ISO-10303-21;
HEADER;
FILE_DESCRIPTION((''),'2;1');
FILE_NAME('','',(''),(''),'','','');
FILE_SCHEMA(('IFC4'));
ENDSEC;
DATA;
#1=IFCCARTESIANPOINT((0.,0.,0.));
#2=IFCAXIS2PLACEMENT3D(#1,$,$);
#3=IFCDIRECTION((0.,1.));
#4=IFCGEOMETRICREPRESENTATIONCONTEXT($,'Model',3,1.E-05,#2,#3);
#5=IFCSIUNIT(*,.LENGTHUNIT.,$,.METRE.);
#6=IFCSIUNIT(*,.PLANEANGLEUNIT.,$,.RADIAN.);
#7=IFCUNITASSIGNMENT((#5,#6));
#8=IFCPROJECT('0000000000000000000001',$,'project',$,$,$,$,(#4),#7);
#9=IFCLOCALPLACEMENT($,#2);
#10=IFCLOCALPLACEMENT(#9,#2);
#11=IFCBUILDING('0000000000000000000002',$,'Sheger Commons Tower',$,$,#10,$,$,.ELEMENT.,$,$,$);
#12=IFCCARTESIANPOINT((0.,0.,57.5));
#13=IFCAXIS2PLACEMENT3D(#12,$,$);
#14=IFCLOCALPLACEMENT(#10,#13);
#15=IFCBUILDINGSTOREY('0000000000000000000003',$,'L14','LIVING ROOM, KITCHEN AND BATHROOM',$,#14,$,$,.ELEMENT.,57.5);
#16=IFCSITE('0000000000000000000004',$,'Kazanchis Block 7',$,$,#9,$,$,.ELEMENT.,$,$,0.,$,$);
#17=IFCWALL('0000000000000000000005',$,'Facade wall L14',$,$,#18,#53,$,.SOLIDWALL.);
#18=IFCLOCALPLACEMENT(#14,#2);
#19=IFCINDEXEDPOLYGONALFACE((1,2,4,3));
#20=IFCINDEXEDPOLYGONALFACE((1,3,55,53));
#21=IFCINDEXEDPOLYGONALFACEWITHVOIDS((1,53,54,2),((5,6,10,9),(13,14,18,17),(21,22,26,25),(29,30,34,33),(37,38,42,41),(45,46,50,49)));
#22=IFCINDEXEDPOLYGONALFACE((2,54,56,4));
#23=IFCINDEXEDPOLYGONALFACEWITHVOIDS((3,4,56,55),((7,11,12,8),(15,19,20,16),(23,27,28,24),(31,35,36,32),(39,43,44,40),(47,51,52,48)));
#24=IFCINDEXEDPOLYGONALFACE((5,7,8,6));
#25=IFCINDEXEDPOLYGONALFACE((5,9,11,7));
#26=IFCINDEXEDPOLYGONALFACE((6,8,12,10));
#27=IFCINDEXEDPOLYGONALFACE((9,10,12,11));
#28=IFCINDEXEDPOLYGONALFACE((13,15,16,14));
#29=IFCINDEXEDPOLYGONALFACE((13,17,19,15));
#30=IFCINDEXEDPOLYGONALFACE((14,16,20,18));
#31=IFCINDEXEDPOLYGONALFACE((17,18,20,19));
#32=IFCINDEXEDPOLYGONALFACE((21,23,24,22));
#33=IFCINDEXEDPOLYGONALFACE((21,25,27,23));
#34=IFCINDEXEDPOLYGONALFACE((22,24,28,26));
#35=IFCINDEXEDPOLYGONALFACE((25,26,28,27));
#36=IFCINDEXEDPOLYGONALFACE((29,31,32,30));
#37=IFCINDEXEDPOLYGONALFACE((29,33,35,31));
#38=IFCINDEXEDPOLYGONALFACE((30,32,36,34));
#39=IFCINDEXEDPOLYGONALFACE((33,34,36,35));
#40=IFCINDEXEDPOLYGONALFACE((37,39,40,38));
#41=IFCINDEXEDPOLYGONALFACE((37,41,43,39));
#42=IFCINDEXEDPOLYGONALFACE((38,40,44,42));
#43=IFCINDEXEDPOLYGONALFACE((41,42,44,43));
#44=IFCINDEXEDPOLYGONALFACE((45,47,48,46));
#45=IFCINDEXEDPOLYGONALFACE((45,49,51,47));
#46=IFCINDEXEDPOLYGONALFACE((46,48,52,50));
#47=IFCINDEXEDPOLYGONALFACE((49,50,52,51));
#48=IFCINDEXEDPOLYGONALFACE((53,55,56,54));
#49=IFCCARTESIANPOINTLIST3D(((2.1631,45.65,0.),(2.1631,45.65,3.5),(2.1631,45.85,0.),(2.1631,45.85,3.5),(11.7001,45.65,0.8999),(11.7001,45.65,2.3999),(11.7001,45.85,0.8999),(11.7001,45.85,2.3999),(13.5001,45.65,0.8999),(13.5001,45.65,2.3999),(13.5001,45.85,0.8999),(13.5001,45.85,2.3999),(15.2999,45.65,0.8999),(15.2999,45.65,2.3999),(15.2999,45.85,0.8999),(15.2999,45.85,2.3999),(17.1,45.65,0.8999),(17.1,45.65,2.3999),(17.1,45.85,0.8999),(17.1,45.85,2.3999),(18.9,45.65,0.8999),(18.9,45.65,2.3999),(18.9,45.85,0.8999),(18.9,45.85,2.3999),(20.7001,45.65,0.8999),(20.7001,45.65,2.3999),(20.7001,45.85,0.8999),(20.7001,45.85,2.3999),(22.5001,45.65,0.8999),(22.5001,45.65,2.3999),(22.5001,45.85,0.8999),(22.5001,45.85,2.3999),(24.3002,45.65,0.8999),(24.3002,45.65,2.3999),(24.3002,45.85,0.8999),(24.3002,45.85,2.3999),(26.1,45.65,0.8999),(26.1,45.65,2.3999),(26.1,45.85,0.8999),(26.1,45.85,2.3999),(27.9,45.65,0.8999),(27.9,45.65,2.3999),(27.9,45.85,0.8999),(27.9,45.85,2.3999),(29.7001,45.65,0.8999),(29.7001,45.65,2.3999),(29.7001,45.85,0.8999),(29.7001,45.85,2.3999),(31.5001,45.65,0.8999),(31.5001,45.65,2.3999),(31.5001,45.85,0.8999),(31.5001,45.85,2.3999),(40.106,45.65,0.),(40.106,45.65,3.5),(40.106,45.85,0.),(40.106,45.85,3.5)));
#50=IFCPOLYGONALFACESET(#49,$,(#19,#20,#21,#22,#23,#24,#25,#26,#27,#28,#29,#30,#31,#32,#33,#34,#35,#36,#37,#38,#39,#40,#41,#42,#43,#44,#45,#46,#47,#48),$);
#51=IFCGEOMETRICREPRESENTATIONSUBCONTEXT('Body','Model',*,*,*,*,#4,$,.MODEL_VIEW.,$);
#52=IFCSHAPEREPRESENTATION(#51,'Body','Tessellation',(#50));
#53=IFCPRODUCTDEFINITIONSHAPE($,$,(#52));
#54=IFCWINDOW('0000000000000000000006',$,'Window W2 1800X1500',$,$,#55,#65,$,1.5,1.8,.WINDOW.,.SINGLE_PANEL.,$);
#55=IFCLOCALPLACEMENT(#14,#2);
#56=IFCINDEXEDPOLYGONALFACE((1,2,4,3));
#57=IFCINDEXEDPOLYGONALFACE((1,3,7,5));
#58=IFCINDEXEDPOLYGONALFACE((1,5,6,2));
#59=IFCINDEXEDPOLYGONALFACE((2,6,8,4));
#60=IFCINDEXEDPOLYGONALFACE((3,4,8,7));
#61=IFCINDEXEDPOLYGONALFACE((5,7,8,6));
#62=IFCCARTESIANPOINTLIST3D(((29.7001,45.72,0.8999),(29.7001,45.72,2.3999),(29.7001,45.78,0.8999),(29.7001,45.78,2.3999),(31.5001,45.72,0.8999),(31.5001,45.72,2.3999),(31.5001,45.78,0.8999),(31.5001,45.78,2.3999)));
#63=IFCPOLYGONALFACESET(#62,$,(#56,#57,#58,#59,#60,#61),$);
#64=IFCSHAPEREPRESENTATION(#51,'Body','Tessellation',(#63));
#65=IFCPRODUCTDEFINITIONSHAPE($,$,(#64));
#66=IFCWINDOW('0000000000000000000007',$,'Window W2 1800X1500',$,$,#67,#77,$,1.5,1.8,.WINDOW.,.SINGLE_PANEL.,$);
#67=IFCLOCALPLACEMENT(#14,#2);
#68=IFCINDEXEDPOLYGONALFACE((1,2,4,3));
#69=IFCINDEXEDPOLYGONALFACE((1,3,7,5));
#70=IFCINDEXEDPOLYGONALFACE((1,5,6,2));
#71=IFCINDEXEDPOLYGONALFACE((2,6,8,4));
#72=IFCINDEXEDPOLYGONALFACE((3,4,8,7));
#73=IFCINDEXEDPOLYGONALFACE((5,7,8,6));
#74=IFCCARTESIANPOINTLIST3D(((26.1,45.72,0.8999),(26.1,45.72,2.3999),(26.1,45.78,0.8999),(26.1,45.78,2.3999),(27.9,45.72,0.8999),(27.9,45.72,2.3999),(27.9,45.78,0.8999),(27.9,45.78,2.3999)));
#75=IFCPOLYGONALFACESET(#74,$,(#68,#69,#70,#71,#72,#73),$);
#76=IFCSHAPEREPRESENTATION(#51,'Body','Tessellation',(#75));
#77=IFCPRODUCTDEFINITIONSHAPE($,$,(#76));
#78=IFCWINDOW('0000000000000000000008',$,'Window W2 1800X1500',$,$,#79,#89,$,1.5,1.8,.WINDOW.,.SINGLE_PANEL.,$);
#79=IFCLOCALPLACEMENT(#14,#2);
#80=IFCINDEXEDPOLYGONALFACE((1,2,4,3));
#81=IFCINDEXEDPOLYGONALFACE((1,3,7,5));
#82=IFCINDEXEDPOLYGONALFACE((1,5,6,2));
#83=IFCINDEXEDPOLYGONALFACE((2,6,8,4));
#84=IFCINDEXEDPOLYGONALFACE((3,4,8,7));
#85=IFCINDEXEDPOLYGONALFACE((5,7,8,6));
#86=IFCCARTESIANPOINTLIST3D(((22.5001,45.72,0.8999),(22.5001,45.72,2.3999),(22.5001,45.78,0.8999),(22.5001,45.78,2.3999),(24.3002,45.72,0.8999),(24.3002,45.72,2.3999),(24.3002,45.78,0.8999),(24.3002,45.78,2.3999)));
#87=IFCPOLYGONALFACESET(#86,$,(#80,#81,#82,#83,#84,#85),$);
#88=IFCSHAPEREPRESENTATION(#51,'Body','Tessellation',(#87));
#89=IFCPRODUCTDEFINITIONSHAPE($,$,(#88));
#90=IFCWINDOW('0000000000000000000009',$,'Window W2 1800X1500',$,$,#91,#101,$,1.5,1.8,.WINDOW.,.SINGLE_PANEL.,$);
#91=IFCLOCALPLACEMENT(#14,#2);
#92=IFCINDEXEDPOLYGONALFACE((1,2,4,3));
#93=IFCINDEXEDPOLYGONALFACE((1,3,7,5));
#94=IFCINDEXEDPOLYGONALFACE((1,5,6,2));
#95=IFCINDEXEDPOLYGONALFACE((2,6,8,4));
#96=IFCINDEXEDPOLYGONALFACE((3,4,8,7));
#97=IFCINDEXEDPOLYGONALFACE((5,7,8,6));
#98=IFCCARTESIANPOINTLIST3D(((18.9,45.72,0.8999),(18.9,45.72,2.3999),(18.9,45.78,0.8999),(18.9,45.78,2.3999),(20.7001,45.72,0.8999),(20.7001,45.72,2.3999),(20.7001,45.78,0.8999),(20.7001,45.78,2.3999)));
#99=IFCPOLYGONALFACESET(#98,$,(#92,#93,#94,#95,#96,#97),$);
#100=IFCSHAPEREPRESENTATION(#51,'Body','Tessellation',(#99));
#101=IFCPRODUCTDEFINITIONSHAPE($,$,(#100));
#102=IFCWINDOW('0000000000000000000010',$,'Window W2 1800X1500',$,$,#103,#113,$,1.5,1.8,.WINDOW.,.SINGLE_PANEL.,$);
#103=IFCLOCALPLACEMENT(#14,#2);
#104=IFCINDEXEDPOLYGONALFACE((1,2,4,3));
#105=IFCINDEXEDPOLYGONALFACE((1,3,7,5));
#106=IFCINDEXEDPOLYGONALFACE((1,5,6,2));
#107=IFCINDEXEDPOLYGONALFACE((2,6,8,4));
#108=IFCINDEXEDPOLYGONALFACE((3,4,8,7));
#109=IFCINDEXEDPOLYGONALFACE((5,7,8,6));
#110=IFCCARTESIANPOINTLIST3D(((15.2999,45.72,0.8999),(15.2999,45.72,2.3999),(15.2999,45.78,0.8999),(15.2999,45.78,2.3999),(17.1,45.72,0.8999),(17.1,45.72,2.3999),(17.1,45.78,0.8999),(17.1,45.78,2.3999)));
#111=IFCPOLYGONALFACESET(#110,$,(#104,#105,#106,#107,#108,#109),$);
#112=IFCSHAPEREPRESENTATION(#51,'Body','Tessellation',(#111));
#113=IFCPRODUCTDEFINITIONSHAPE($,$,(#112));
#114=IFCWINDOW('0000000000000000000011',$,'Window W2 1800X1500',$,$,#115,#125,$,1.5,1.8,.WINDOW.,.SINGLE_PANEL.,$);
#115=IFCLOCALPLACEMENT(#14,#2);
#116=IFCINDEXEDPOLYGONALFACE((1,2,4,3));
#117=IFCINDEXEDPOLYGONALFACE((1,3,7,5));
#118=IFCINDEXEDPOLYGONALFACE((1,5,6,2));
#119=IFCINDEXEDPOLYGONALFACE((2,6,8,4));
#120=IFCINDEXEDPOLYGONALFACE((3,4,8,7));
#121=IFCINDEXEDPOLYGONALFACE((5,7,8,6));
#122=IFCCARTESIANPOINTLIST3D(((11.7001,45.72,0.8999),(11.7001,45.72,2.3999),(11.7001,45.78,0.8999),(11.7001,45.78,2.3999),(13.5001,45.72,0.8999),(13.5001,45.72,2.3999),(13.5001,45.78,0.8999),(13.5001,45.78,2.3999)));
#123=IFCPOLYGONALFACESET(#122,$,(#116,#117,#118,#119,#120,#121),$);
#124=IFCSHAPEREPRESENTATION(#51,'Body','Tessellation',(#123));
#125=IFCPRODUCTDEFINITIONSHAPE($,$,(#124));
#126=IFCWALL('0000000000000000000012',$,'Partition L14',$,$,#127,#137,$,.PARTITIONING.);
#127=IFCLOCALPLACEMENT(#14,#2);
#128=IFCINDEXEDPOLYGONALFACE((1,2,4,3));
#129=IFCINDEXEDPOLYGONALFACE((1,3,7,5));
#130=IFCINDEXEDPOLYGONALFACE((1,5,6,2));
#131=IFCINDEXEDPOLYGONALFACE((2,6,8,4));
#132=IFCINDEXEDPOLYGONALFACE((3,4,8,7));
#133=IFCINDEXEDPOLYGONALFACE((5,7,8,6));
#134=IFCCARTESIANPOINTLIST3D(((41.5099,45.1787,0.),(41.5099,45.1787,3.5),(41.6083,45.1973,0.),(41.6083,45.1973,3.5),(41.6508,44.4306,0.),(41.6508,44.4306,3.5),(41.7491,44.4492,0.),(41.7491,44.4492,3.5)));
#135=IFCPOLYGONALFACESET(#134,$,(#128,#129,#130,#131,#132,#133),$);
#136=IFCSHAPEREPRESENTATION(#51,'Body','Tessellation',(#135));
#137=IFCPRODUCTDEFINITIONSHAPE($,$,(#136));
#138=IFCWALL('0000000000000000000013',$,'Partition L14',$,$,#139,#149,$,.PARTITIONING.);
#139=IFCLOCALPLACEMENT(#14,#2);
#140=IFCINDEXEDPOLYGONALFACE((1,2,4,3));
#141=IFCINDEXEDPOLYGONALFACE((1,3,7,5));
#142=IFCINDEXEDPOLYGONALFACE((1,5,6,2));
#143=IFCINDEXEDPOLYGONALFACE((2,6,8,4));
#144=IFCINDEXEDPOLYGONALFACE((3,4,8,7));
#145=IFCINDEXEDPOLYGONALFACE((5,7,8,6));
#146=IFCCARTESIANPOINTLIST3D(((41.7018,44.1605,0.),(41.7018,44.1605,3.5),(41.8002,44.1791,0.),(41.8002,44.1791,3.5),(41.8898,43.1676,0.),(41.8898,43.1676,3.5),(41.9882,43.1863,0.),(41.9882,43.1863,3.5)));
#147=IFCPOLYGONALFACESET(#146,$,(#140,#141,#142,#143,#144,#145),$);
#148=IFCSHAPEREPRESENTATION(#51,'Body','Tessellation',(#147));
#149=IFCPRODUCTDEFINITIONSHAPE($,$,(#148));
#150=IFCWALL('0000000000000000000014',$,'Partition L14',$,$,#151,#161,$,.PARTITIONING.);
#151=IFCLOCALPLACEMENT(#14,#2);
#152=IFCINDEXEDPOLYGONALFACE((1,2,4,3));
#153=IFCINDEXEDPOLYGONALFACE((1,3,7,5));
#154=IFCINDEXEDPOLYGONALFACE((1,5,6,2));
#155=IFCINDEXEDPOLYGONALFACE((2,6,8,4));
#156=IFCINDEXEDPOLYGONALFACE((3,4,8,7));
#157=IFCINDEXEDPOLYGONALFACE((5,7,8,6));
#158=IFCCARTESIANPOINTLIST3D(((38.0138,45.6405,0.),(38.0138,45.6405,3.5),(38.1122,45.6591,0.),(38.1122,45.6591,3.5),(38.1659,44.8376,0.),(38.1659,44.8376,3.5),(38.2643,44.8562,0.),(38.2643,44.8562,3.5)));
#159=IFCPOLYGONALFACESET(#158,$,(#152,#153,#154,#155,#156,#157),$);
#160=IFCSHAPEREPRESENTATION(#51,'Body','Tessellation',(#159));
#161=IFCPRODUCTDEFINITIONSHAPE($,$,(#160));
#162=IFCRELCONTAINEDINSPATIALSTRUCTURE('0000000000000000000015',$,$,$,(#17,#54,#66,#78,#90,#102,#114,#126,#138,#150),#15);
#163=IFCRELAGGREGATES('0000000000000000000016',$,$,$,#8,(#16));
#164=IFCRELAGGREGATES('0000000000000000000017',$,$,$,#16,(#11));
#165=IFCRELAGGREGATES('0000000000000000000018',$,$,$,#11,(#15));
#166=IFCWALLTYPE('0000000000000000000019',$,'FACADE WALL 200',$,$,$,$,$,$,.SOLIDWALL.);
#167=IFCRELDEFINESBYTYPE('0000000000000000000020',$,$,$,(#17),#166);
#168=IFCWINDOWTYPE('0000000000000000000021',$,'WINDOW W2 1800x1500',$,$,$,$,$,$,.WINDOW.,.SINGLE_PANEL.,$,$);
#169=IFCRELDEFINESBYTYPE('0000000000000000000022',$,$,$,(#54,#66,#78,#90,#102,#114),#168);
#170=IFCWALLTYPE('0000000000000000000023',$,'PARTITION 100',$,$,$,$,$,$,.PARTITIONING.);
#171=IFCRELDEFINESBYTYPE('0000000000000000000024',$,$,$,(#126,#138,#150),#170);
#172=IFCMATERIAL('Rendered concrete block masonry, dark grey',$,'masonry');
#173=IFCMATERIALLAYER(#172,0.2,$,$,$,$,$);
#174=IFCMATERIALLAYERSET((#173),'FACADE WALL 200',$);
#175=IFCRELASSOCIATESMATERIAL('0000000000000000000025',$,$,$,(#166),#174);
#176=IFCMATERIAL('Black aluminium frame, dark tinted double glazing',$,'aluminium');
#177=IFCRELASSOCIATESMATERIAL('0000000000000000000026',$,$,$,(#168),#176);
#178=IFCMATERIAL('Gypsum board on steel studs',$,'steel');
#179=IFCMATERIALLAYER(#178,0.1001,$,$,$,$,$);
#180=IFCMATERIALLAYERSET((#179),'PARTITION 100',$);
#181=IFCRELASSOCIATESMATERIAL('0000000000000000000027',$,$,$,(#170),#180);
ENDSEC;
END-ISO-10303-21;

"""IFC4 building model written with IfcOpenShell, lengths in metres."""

from ifc_helpers import new_model, si_unit, direction, frame, frame_2d, origin, place, context, subcontext, project, spatial, rectangle, extrude, material, layer, layer_set, type_object, element, fill, save


model = new_model("IFC4")

# Units and contexts
model_context = context("Model", 3, precision=1e-05, world=origin(), true_north=direction((0.0, 1.0)))
body_context = subcontext(model_context, "Body", "Model", "MODEL_VIEW")
ifc_project = project(units=[si_unit("LENGTHUNIT", "METRE"), si_unit("PLANEANGLEUNIT", "RADIAN")], contexts=[model_context])

# Site, building, storey
site_placement = place(None, origin())
site = spatial("IfcSite", under=ifc_project, at=site_placement, Name="Kazanchis Block 7", CompositionType="ELEMENT", RefElevation=0.0)
building_placement = place(site_placement, origin())
building = spatial("IfcBuilding", under=site, at=building_placement, Name="Sheger Commons Tower", CompositionType="ELEMENT")
storey_placement = place(building_placement, frame((0.0, 0.0, 57.5)))
storey = spatial("IfcBuildingStorey", under=building, at=storey_placement, Name="L14", Description="LIVING ROOM, KITCHEN AND BATHROOM", CompositionType="ELEMENT", Elevation=57.5)

# Shared definitions
ifc_material_1 = material(Name="Rendered concrete block masonry, dark grey", Category="masonry")
ifc_layer_1 = layer(ifc_material_1, 0.2)
ifc_layer_set_1 = layer_set([ifc_layer_1], Name="FACADE WALL 200")
wall_type_1 = type_object("IfcWallType", Name="FACADE WALL 200", PredefinedType="SOLIDWALL", material=ifc_layer_set_1)

# Wall, openings, windows
wall_1_placement = place(storey_placement, frame((40.106, 45.75, 0.0), z_axis=(0.0, 0.0, 1.0), x_axis=(-1.0, 0.0, 0.0)))
wall_1 = element("IfcWall", 1, at=wall_1_placement, inside=storey, type_object=wall_type_1, Name="Facade wall L14", PredefinedType="SOLIDWALL", context=body_context, shape_type="SweptSolid", body=[
    extrude(rectangle(XDim=37.9429, YDim=0.2, at=frame_2d((18.9714, 0.0))), origin(), (0.0, 0.0, 1.0), 3.5),
])
opening_1_placement = place(wall_1_placement, frame((8.606, 0.0, 0.8999)))
opening_1 = element("IfcOpeningElement", 2, at=opening_1_placement, cuts=wall_1, PredefinedType="OPENING", context=body_context, shape_type="SweptSolid", body=[
    extrude(rectangle(XDim=1.8, YDim=1.5, at=frame_2d((0.8999, 0.75))), frame((0.0, 0.1099, 0.0), z_axis=(0.0, -1.0, 0.0), x_axis=(1.0, 0.0, 0.0)), (0.0, 0.0, 1.0), 0.22),
])
opening_2_placement = place(wall_1_placement, frame((12.2061, 0.0, 0.8999)))
opening_2 = element("IfcOpeningElement", 3, at=opening_2_placement, cuts=wall_1, PredefinedType="OPENING", context=body_context, shape_type="SweptSolid", body=[
    extrude(rectangle(XDim=1.8, YDim=1.5, at=frame_2d((0.8999, 0.75))), frame((0.0, 0.1099, 0.0), z_axis=(0.0, -1.0, 0.0), x_axis=(1.0, 0.0, 0.0)), (0.0, 0.0, 1.0), 0.22),
])
opening_3_placement = place(wall_1_placement, frame((15.8059, 0.0, 0.8999)))
opening_3 = element("IfcOpeningElement", 4, at=opening_3_placement, cuts=wall_1, PredefinedType="OPENING", context=body_context, shape_type="SweptSolid", body=[
    extrude(rectangle(XDim=1.8, YDim=1.5, at=frame_2d((0.8999, 0.75))), frame((0.0, 0.1099, 0.0), z_axis=(0.0, -1.0, 0.0), x_axis=(1.0, 0.0, 0.0)), (0.0, 0.0, 1.0), 0.22),
])
opening_4_placement = place(wall_1_placement, frame((19.406, 0.0, 0.8999)))
opening_4 = element("IfcOpeningElement", 5, at=opening_4_placement, cuts=wall_1, PredefinedType="OPENING", context=body_context, shape_type="SweptSolid", body=[
    extrude(rectangle(XDim=1.8, YDim=1.5, at=frame_2d((0.8999, 0.75))), frame((0.0, 0.1099, 0.0), z_axis=(0.0, -1.0, 0.0), x_axis=(1.0, 0.0, 0.0)), (0.0, 0.0, 1.0), 0.22),
])
opening_5_placement = place(wall_1_placement, frame((23.0061, 0.0, 0.8999)))
opening_5 = element("IfcOpeningElement", 6, at=opening_5_placement, cuts=wall_1, PredefinedType="OPENING", context=body_context, shape_type="SweptSolid", body=[
    extrude(rectangle(XDim=1.8, YDim=1.5, at=frame_2d((0.8999, 0.75))), frame((0.0, 0.1099, 0.0), z_axis=(0.0, -1.0, 0.0), x_axis=(1.0, 0.0, 0.0)), (0.0, 0.0, 1.0), 0.22),
])
opening_6_placement = place(wall_1_placement, frame((26.606, 0.0, 0.8999)))
opening_6 = element("IfcOpeningElement", 7, at=opening_6_placement, cuts=wall_1, PredefinedType="OPENING", context=body_context, shape_type="SweptSolid", body=[
    extrude(rectangle(XDim=1.8, YDim=1.5, at=frame_2d((0.8999, 0.75))), frame((0.0, 0.1099, 0.0), z_axis=(0.0, -1.0, 0.0), x_axis=(1.0, 0.0, 0.0)), (0.0, 0.0, 1.0), 0.22),
])
ifc_material_2 = material(Name="Black aluminium frame, dark tinted double glazing", Category="aluminium")
window_type = type_object("IfcWindowType", Name="WINDOW W2 1800x1500", PartitioningType="SINGLE_PANEL", PredefinedType="WINDOW", material=ifc_material_2)
window_1_placement = place(opening_1_placement, origin())
window_1 = element("IfcWindow", 8, at=window_1_placement, inside=storey, type_object=window_type, Name="Window W2 1800X1500", OverallHeight=1.5, OverallWidth=1.8, PartitioningType="SINGLE_PANEL", PredefinedType="WINDOW", context=body_context, shape_type="SweptSolid", body=[
    extrude(rectangle(XDim=1.8, YDim=1.5, at=frame_2d((0.8999, 0.75))), frame((0.0, 0.03, 0.0), z_axis=(0.0, -1.0, 0.0), x_axis=(1.0, 0.0, 0.0)), (0.0, 0.0, 1.0), 0.0601),
])
fill(opening_1, window_1)
window_2_placement = place(opening_2_placement, origin())
window_2 = element("IfcWindow", 9, at=window_2_placement, inside=storey, type_object=window_type, Name="Window W2 1800X1500", OverallHeight=1.5, OverallWidth=1.8, PartitioningType="SINGLE_PANEL", PredefinedType="WINDOW", context=body_context, shape_type="SweptSolid", body=[
    extrude(rectangle(XDim=1.8, YDim=1.5, at=frame_2d((0.8999, 0.75))), frame((0.0, 0.03, 0.0), z_axis=(0.0, -1.0, 0.0), x_axis=(1.0, 0.0, 0.0)), (0.0, 0.0, 1.0), 0.0601),
])
fill(opening_2, window_2)
window_3_placement = place(opening_3_placement, origin())
window_3 = element("IfcWindow", 10, at=window_3_placement, inside=storey, type_object=window_type, Name="Window W2 1800X1500", OverallHeight=1.5, OverallWidth=1.8, PartitioningType="SINGLE_PANEL", PredefinedType="WINDOW", context=body_context, shape_type="SweptSolid", body=[
    extrude(rectangle(XDim=1.8, YDim=1.5, at=frame_2d((0.8999, 0.75))), frame((0.0, 0.03, 0.0), z_axis=(0.0, -1.0, 0.0), x_axis=(1.0, 0.0, 0.0)), (0.0, 0.0, 1.0), 0.0601),
])
fill(opening_3, window_3)
window_4_placement = place(opening_4_placement, origin())
window_4 = element("IfcWindow", 11, at=window_4_placement, inside=storey, type_object=window_type, Name="Window W2 1800X1500", OverallHeight=1.5, OverallWidth=1.8, PartitioningType="SINGLE_PANEL", PredefinedType="WINDOW", context=body_context, shape_type="SweptSolid", body=[
    extrude(rectangle(XDim=1.8, YDim=1.5, at=frame_2d((0.8999, 0.75))), frame((0.0, 0.03, 0.0), z_axis=(0.0, -1.0, 0.0), x_axis=(1.0, 0.0, 0.0)), (0.0, 0.0, 1.0), 0.0601),
])
fill(opening_4, window_4)
window_5_placement = place(opening_5_placement, origin())
window_5 = element("IfcWindow", 12, at=window_5_placement, inside=storey, type_object=window_type, Name="Window W2 1800X1500", OverallHeight=1.5, OverallWidth=1.8, PartitioningType="SINGLE_PANEL", PredefinedType="WINDOW", context=body_context, shape_type="SweptSolid", body=[
    extrude(rectangle(XDim=1.8, YDim=1.5, at=frame_2d((0.8999, 0.75))), frame((0.0, 0.03, 0.0), z_axis=(0.0, -1.0, 0.0), x_axis=(1.0, 0.0, 0.0)), (0.0, 0.0, 1.0), 0.0601),
])
fill(opening_5, window_5)
window_6_placement = place(opening_6_placement, origin())
window_6 = element("IfcWindow", 13, at=window_6_placement, inside=storey, type_object=window_type, Name="Window W2 1800X1500", OverallHeight=1.5, OverallWidth=1.8, PartitioningType="SINGLE_PANEL", PredefinedType="WINDOW", context=body_context, shape_type="SweptSolid", body=[
    extrude(rectangle(XDim=1.8, YDim=1.5, at=frame_2d((0.8999, 0.75))), frame((0.0, 0.03, 0.0), z_axis=(0.0, -1.0, 0.0), x_axis=(1.0, 0.0, 0.0)), (0.0, 0.0, 1.0), 0.0601),
])
fill(opening_6, window_6)

# Walls
ifc_material_3 = material(Name="Gypsum board on steel studs", Category="steel")
ifc_layer_2 = layer(ifc_material_3, 0.1001)
ifc_layer_set_2 = layer_set([ifc_layer_2], Name="PARTITION 100")
wall_type_2 = type_object("IfcWallType", Name="PARTITION 100", PredefinedType="PARTITIONING", material=ifc_layer_set_2)
wall_2_placement = place(storey_placement, frame((41.5591, 45.188, 0.0), z_axis=(0.0, 0.0, 1.0), x_axis=(0.185063, -0.982727, 0.0)))
element("IfcWall", 14, at=wall_2_placement, inside=storey, type_object=wall_type_2, Name="Partition L14", PredefinedType="PARTITIONING", context=body_context, shape_type="SweptSolid", body=[
    extrude(rectangle(XDim=0.7612, YDim=0.1001, at=frame_2d((0.3806, 0.0))), origin(), (0.0, 0.0, 1.0), 3.5),
])
wall_3_placement = place(storey_placement, frame((41.751, 44.1699, 0.0), z_axis=(0.0, 0.0, 1.0), x_axis=(0.186024, -0.982545, 0.0)))
element("IfcWall", 15, at=wall_3_placement, inside=storey, type_object=wall_type_2, Name="Partition L14", PredefinedType="PARTITIONING", context=body_context, shape_type="SweptSolid", body=[
    extrude(rectangle(XDim=1.0105, YDim=0.1001, at=frame_2d((0.5054, 0.0))), origin(), (0.0, 0.0, 1.0), 3.5),
])
wall_4_placement = place(storey_placement, frame((38.063, 45.6499, 0.0), z_axis=(0.0, 0.0, 1.0), x_axis=(0.18611, -0.982529, 0.0)))
element("IfcWall", 16, at=wall_4_placement, inside=storey, type_object=wall_type_2, Name="Partition L14", PredefinedType="PARTITIONING", context=body_context, shape_type="SweptSolid", body=[
    extrude(rectangle(XDim=0.8171, YDim=0.1001, at=frame_2d((0.4087, 0.0))), origin(), (0.0, 0.0, 1.0), 3.5),
])

save(model, "model.ifc")
